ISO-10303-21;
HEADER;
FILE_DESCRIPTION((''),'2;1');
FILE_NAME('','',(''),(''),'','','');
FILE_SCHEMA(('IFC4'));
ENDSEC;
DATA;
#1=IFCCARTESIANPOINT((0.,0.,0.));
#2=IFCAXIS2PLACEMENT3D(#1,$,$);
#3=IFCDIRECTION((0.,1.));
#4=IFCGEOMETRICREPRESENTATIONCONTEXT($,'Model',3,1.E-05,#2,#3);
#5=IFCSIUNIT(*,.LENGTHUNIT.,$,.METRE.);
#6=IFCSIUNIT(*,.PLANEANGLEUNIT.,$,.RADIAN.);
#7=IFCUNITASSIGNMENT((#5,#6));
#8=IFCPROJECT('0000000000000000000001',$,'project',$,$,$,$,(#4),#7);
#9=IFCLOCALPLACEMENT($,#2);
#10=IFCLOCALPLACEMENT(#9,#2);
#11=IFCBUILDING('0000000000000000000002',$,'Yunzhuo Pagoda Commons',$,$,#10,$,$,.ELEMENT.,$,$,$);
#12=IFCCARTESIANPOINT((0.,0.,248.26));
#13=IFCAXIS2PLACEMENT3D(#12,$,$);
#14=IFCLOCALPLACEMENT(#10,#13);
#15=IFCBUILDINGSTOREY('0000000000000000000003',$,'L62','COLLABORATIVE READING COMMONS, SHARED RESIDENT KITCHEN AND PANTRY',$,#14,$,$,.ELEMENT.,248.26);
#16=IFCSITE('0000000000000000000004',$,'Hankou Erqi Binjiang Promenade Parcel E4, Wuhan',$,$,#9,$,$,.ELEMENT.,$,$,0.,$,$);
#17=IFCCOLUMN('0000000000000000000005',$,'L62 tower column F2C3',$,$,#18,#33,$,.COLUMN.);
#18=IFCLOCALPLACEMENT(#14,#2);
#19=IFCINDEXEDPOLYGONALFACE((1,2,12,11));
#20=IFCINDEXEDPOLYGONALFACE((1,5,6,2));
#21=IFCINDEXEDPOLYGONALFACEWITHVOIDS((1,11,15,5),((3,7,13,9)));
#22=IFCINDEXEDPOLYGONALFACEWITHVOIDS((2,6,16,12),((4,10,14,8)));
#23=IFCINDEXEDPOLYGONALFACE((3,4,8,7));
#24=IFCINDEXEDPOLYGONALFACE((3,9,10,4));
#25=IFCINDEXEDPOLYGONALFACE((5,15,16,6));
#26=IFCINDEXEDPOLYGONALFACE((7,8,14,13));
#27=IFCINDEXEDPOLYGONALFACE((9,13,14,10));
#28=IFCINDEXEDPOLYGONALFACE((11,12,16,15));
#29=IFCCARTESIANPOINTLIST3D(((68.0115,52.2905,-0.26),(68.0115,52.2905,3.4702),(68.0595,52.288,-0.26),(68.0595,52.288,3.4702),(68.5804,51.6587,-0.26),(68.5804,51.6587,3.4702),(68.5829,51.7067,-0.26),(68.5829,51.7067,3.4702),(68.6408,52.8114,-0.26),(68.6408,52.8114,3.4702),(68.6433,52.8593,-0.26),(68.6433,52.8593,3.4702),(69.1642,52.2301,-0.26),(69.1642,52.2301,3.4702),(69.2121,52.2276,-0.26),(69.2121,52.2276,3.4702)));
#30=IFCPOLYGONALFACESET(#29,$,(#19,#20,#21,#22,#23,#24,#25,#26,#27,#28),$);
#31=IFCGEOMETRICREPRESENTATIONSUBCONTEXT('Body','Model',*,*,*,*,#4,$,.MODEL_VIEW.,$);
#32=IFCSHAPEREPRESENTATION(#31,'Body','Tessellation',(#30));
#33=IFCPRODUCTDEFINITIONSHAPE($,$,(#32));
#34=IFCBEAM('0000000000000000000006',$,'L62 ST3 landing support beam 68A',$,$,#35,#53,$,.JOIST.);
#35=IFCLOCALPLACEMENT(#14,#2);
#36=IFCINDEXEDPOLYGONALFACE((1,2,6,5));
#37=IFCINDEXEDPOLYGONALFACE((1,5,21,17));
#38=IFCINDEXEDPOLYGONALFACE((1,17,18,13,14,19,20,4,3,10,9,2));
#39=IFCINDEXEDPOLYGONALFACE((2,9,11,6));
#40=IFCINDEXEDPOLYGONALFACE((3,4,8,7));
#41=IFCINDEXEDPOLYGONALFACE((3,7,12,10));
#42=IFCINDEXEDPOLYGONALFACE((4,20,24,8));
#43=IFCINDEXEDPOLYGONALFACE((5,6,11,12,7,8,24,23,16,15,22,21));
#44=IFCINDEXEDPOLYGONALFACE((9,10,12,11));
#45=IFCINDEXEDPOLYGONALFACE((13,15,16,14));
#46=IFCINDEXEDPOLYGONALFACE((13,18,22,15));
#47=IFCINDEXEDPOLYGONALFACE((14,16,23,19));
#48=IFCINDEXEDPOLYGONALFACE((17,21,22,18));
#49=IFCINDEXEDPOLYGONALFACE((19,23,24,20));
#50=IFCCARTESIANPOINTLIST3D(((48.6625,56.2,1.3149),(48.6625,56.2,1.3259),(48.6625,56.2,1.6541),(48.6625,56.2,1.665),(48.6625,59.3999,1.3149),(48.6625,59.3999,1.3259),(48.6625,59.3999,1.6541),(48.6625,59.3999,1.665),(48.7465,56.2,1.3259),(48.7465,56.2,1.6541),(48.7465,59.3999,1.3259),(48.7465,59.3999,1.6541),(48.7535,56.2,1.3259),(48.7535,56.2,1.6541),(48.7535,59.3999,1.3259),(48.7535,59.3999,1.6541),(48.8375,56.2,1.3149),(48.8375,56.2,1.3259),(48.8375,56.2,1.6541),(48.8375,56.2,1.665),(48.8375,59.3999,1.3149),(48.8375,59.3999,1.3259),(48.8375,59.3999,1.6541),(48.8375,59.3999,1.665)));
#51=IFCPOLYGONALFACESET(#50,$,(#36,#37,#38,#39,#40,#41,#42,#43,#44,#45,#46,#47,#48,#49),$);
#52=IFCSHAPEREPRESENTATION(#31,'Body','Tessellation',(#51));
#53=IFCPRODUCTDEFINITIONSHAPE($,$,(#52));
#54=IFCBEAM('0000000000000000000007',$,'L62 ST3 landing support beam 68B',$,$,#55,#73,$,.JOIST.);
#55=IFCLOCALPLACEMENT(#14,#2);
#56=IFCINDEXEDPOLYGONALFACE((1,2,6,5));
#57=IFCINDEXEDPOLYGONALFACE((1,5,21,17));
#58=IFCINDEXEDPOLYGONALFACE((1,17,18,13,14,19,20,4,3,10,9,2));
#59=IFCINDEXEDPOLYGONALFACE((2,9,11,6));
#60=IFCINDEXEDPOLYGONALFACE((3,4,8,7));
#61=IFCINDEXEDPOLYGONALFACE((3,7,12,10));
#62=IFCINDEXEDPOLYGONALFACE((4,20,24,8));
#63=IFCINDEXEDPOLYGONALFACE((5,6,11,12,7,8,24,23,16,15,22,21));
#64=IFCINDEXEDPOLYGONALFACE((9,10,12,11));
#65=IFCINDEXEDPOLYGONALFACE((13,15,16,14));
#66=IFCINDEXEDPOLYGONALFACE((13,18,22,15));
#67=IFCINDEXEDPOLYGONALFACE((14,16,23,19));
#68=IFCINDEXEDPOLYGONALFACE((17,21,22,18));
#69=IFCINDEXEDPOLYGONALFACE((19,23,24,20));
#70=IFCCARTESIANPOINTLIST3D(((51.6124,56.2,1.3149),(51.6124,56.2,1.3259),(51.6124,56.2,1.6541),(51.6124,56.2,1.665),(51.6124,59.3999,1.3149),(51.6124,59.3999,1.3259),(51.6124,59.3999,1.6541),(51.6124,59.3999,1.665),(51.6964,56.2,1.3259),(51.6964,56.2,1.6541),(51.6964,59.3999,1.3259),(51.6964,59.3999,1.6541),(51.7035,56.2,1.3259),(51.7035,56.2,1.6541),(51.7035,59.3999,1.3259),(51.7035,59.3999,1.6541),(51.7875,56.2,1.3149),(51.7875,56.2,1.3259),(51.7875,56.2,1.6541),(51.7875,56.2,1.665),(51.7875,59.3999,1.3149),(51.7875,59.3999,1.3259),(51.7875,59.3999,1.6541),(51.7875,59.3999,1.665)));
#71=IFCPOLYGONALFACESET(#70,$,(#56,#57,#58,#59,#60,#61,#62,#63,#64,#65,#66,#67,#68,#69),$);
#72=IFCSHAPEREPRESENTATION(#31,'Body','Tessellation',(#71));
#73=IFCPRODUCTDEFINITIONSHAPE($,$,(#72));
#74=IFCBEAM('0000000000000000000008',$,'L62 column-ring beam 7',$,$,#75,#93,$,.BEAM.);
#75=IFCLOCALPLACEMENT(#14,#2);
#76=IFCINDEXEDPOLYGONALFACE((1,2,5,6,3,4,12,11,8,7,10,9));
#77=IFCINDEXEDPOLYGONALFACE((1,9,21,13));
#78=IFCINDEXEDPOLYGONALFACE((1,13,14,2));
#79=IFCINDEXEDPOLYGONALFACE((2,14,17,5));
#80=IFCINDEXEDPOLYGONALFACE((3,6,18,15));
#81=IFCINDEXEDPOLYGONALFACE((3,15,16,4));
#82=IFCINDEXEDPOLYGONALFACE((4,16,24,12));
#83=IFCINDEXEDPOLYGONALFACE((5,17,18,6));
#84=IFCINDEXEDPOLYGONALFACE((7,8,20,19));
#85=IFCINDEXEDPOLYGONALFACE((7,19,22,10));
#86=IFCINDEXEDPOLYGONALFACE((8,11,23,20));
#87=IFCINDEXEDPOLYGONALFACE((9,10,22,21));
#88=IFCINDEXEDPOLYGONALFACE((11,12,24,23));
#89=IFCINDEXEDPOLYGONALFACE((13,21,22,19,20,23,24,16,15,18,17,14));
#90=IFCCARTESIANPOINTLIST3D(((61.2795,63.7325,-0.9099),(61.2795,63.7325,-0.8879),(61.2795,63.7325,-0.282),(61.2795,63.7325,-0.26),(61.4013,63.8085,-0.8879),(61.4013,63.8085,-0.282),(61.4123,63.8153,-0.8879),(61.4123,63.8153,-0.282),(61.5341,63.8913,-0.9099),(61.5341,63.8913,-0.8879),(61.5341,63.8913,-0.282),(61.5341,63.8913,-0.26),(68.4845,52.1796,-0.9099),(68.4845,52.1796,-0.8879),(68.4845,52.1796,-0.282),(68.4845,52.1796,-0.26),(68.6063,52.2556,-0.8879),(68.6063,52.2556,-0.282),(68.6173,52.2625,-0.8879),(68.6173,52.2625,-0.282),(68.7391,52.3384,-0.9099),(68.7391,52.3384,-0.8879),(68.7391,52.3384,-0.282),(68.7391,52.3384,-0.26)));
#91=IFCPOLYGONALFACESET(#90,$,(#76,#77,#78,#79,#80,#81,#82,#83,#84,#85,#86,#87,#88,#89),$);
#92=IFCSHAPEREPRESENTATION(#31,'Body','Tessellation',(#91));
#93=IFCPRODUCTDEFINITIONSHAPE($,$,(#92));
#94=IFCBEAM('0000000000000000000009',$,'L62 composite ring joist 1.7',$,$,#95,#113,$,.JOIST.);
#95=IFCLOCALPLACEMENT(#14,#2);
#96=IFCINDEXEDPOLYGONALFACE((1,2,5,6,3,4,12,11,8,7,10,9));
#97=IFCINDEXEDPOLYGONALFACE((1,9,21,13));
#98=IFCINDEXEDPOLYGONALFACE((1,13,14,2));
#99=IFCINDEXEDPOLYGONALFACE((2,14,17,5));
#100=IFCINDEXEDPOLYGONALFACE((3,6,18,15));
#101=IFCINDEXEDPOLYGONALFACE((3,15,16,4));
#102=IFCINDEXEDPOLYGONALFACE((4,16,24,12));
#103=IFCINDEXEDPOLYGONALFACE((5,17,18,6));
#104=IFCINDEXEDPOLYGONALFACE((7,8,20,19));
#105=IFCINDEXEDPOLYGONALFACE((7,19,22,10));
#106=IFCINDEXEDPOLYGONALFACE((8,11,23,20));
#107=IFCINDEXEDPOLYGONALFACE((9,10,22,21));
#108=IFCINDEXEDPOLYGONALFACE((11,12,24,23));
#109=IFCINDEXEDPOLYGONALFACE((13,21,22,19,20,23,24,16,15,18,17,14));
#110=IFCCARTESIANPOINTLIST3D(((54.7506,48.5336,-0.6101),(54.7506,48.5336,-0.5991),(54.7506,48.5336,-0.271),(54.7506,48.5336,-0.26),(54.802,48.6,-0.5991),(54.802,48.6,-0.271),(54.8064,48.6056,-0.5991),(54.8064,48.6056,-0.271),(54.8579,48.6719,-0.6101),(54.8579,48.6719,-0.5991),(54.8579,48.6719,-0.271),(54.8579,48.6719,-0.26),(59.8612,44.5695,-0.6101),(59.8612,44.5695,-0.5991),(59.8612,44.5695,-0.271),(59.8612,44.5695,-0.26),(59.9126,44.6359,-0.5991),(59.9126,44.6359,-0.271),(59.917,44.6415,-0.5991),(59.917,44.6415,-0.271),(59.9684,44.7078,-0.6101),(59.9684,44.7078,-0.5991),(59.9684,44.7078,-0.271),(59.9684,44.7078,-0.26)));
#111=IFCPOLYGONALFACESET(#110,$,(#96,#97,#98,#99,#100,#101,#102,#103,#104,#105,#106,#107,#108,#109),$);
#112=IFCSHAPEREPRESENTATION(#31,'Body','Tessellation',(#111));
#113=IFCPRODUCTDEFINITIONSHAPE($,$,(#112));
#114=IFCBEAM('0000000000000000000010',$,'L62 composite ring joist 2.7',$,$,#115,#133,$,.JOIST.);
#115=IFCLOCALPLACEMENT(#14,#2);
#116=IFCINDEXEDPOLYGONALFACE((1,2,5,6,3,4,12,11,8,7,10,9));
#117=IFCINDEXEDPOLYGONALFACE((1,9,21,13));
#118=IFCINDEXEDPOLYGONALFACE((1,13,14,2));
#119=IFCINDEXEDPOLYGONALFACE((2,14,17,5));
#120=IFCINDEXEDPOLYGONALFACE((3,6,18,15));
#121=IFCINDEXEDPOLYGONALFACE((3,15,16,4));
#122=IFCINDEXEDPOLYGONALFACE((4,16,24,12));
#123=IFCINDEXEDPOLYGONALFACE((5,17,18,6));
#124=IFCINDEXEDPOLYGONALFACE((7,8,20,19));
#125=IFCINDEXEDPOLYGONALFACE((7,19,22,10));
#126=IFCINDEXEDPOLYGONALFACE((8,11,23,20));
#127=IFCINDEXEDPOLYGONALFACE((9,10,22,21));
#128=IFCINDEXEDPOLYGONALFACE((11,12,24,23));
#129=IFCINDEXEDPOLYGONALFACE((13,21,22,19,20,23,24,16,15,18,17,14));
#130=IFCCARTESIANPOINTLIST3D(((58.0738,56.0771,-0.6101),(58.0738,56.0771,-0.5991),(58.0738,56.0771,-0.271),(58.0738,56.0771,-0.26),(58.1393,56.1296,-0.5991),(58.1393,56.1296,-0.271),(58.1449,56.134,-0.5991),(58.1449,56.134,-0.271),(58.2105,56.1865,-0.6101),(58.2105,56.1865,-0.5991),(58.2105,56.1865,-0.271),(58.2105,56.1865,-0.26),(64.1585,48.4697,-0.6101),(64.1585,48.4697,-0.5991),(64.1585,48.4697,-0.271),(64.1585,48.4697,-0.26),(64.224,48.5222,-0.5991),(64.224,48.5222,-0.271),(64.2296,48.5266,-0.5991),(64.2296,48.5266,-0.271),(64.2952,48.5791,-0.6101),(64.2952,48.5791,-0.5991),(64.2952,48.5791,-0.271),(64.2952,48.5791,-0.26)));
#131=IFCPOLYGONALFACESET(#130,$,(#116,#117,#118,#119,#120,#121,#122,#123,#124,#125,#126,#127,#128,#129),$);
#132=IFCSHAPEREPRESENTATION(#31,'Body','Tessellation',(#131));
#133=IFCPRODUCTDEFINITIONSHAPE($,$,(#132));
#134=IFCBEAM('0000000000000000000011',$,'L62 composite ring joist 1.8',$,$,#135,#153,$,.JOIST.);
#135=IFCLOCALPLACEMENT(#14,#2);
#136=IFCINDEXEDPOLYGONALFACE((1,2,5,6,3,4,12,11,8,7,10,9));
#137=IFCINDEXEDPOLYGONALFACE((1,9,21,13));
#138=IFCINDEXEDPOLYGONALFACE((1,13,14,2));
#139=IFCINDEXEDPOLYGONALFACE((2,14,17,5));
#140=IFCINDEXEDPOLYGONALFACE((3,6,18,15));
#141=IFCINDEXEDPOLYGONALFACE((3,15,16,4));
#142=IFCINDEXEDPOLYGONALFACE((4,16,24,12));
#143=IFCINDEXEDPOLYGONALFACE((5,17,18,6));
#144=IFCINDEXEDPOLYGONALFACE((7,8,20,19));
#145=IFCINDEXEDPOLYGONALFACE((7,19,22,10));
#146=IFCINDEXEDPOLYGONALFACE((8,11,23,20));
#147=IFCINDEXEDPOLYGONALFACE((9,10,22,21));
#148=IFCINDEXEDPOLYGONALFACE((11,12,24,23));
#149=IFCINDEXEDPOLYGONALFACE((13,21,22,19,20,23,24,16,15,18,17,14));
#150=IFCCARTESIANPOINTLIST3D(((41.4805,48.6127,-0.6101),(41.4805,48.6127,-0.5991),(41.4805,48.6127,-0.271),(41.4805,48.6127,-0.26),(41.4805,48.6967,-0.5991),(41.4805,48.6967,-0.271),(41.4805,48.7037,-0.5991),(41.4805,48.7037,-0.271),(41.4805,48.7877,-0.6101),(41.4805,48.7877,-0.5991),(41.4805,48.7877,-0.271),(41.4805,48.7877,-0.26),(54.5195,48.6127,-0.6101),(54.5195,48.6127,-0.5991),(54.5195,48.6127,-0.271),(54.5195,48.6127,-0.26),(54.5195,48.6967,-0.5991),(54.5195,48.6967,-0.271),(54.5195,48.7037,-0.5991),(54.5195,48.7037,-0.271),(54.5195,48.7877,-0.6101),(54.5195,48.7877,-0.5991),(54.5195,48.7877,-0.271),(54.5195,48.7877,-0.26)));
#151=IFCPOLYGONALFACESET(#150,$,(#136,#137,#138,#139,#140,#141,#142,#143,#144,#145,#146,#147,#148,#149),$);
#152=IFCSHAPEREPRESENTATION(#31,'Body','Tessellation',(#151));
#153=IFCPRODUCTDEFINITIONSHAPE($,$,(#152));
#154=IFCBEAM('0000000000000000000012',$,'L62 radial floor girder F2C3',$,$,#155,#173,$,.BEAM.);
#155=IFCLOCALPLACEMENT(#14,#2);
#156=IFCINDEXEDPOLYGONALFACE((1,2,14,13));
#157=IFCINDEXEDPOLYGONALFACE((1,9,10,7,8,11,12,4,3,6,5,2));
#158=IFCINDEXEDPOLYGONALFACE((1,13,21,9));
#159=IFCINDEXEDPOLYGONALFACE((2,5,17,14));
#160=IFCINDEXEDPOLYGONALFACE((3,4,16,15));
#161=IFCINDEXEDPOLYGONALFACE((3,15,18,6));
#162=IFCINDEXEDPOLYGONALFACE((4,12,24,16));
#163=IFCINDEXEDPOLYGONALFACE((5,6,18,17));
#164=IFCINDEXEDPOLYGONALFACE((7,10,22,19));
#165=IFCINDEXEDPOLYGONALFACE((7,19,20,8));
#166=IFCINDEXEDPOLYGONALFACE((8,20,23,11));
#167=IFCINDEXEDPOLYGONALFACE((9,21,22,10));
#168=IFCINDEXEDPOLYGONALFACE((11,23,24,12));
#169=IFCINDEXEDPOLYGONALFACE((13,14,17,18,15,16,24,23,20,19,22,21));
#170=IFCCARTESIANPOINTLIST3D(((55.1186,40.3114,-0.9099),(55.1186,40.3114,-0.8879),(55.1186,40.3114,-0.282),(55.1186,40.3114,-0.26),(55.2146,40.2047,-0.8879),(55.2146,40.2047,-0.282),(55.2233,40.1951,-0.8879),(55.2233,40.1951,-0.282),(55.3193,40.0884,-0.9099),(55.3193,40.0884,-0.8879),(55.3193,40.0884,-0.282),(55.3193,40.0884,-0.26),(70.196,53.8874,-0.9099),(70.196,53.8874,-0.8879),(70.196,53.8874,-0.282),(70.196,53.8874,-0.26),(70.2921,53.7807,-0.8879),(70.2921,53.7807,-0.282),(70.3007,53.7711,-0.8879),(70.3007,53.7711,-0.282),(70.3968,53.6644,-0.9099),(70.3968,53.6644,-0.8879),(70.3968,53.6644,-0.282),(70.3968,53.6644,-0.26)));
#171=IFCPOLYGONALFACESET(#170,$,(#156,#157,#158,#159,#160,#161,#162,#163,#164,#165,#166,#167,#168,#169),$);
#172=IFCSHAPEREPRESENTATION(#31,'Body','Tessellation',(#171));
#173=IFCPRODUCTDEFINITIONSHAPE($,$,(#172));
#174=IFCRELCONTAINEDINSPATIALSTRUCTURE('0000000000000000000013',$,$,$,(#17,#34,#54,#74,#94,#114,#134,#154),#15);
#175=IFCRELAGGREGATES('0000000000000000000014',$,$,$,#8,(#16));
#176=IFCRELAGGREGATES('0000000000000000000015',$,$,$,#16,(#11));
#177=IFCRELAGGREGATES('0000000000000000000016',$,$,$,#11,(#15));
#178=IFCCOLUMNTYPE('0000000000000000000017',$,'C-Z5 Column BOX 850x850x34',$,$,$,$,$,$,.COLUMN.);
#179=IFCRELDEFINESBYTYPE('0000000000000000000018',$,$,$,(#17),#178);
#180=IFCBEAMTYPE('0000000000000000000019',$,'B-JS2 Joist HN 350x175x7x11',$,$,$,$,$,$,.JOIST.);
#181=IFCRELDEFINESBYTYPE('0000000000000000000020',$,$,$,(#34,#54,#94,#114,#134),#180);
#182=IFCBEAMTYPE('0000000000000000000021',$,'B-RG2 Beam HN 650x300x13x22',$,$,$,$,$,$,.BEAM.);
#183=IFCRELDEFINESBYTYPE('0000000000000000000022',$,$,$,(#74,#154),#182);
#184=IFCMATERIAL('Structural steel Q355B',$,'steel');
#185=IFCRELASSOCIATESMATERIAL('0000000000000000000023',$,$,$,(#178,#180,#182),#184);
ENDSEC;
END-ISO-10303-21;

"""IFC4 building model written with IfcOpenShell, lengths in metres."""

from ifc_helpers import new_model, si_unit, direction, frame, origin, origin_2d, place, context, subcontext, project, spatial, hollow_rectangle, i_section, extrude, source, transform, mapped, material, material_profile, profile_set, type_object, element, save


model = new_model("IFC4")

# Units and contexts
model_context = context("Model", 3, precision=1e-05, world=origin(), true_north=direction((0.0, 1.0)))
body_context = subcontext(model_context, "Body", "Model", "MODEL_VIEW")
ifc_project = project(units=[si_unit("LENGTHUNIT", "METRE"), si_unit("PLANEANGLEUNIT", "RADIAN")], contexts=[model_context])

# Site, building, storey
site_placement = place(None, origin())
site = spatial("IfcSite", under=ifc_project, at=site_placement, Name="Hankou Erqi Binjiang Promenade Parcel E4, Wuhan", CompositionType="ELEMENT", RefElevation=0.0)
building_placement = place(site_placement, origin())
building = spatial("IfcBuilding", under=site, at=building_placement, Name="Yunzhuo Pagoda Commons", CompositionType="ELEMENT")
storey_placement = place(building_placement, frame((0.0, 0.0, 248.26)))
storey = spatial("IfcBuildingStorey", under=building, at=storey_placement, Name="L62", Description="COLLABORATIVE READING COMMONS, SHARED RESIDENT KITCHEN AND PANTRY", CompositionType="ELEMENT", Elevation=248.26)

# Column
ifc_material_1 = material(Name="Structural steel Q355B", Category="steel")
ifc_material_profile_1 = material_profile(ifc_material_1, hollow_rectangle(XDim=0.8501, YDim=0.8501, WallThickness=0.0339, at=origin_2d()), Name="Structural steel Q355B")
ifc_profile_set_1 = profile_set([ifc_material_profile_1], Name="Structural steel Q355B")
column_type = type_object("IfcColumnType", Name="C-Z5 Column BOX 850x850x34", PredefinedType="COLUMN", material=ifc_profile_set_1)
shared_shape_1 = source(origin(), body_context, "Body", "SweptSolid", [
    extrude(hollow_rectangle(XDim=0.8501, YDim=0.8501, WallThickness=0.0339, at=origin_2d()), origin(), (0.0, 0.0, 1.0), 3.7302),
])
column_placement = place(storey_placement, frame((68.6118, 52.259, -0.26), z_axis=(0.0, 0.0, 1.0), x_axis=(-0.669131, 0.743145, 0.0)))
element("IfcColumn", 1, at=column_placement, inside=storey, type_object=column_type, Name="L62 tower column F2C3", PredefinedType="COLUMN", context=body_context, shape_type="MappedRepresentation", body=[
    mapped(shared_shape_1, transform((0.0, 0.0, 0.0), scale=1.0)),
])

# Beams
ifc_material_profile_2 = material_profile(ifc_material_1, i_section(OverallWidth=0.175, OverallDepth=0.3501, WebThickness=0.0071, FlangeThickness=0.011, at=origin_2d()), Name="Structural steel Q355B")
ifc_profile_set_2 = profile_set([ifc_material_profile_2], Name="Structural steel Q355B")
beam_type_1 = type_object("IfcBeamType", Name="B-JS2 Joist HN 350x175x7x11", PredefinedType="JOIST", material=ifc_profile_set_2)
shared_shape_2 = source(origin(), body_context, "Body", "SweptSolid", [
    extrude(i_section(OverallWidth=0.175, OverallDepth=0.3501, WebThickness=0.0071, FlangeThickness=0.011, at=origin_2d()), origin(), (0.0, 0.0, 1.0), 3.2),
])
for number, where, z_axis, x_axis, name in (
    (2, (48.75, 56.2, 1.49), (0.0, 1.0, 0.0), (-1.0, 0.0, 0.0), "L62 ST3 landing support beam 68A"),
    (3, (51.7, 56.2, 1.49), (0.0, 1.0, 0.0), (-1.0, 0.0, 0.0), "L62 ST3 landing support beam 68B"),
):
    element("IfcBeam", number, at=place(storey_placement, frame(where, z_axis=z_axis, x_axis=x_axis)), inside=storey, type_object=beam_type_1, Name=name, PredefinedType="JOIST", context=body_context, shape_type="MappedRepresentation", body=[
        mapped(shared_shape_2, transform((0.0, 0.0, 0.0), scale=1.0)),
    ])
ifc_material_profile_3 = material_profile(ifc_material_1, i_section(OverallWidth=0.3, OverallDepth=0.6499, WebThickness=0.0129, FlangeThickness=0.022, at=origin_2d()), Name="Structural steel Q355B")
ifc_profile_set_3 = profile_set([ifc_material_profile_3], Name="Structural steel Q355B")
beam_type_2 = type_object("IfcBeamType", Name="B-RG2 Beam HN 650x300x13x22", PredefinedType="BEAM", material=ifc_profile_set_3)
shared_shape_3 = source(origin(), body_context, "Body", "SweptSolid", [
    extrude(i_section(OverallWidth=0.3, OverallDepth=0.6499, WebThickness=0.0129, FlangeThickness=0.022, at=origin_2d()), origin(), (0.0, 0.0, 1.0), 13.6155),
])
beam_1_placement = place(storey_placement, frame((68.6118, 52.259, -0.585), z_axis=(-0.529178, 0.848511, 0.0), x_axis=(-0.848511, -0.529178, 0.0)))
element("IfcBeam", 4, at=beam_1_placement, inside=storey, type_object=beam_type_2, Name="L62 column-ring beam 7", PredefinedType="BEAM", context=body_context, shape_type="MappedRepresentation", body=[
    mapped(shared_shape_3, transform((0.0, 0.0, 0.0), scale=1.0)),
])
shared_shape_4 = source(origin(), body_context, "Body", "SweptSolid", [
    extrude(i_section(OverallWidth=0.175, OverallDepth=0.3501, WebThickness=0.0071, FlangeThickness=0.011, at=origin_2d()), origin(), (0.0, 0.0, 1.0), 6.4678),
])
beam_2_placement = place(storey_placement, frame((59.9148, 44.6387, -0.4351), z_axis=(-0.79016, 0.6129, 0.0), x_axis=(-0.6129, -0.79016, 0.0)))
element("IfcBeam", 5, at=beam_2_placement, inside=storey, type_object=beam_type_1, Name="L62 composite ring joist 1.7", PredefinedType="JOIST", context=body_context, shape_type="MappedRepresentation", body=[
    mapped(shared_shape_4, transform((0.0, 0.0, 0.0), scale=1.0)),
])
shared_shape_5 = source(origin(), body_context, "Body", "SweptSolid", [
    extrude(i_section(OverallWidth=0.175, OverallDepth=0.3501, WebThickness=0.0071, FlangeThickness=0.011, at=origin_2d()), origin(), (0.0, 0.0, 1.0), 9.7415),
])
beam_3_placement = place(storey_placement, frame((64.2268, 48.5244, -0.4351), z_axis=(-0.624619, 0.78093, 0.0), x_axis=(-0.78093, -0.624619, 0.0)))
element("IfcBeam", 6, at=beam_3_placement, inside=storey, type_object=beam_type_1, Name="L62 composite ring joist 2.7", PredefinedType="JOIST", context=body_context, shape_type="MappedRepresentation", body=[
    mapped(shared_shape_5, transform((0.0, 0.0, 0.0), scale=1.0)),
])
shared_shape_6 = source(origin(), body_context, "Body", "SweptSolid", [
    extrude(i_section(OverallWidth=0.175, OverallDepth=0.3501, WebThickness=0.0071, FlangeThickness=0.011, at=origin_2d()), origin(), (0.0, 0.0, 1.0), 13.0391),
])
beam_4_placement = place(storey_placement, frame((54.5195, 48.7002, -0.4351), z_axis=(-1.0, 0.0, 0.0), x_axis=(0.0, -1.0, 0.0)))
element("IfcBeam", 7, at=beam_4_placement, inside=storey, type_object=beam_type_1, Name="L62 composite ring joist 1.8", PredefinedType="JOIST", context=body_context, shape_type="MappedRepresentation", body=[
    mapped(shared_shape_6, transform((0.0, 0.0, 0.0), scale=1.0)),
])
shared_shape_7 = source(origin(), body_context, "Body", "SweptSolid", [
    extrude(i_section(OverallWidth=0.3, OverallDepth=0.6499, WebThickness=0.0129, FlangeThickness=0.022, at=origin_2d()), origin(), (0.0, 0.0, 1.0), 20.2888),
])
beam_5_placement = place(storey_placement, frame((70.2964, 53.7759, -0.585), z_axis=(-0.74314, -0.669136, 0.0), x_axis=(0.669136, -0.74314, 0.0)))
element("IfcBeam", 8, at=beam_5_placement, inside=storey, type_object=beam_type_2, Name="L62 radial floor girder F2C3", PredefinedType="BEAM", context=body_context, shape_type="MappedRepresentation", body=[
    mapped(shared_shape_7, transform((0.0, 0.0, 0.0), scale=1.0)),
])

save(model, "model.ifc")
